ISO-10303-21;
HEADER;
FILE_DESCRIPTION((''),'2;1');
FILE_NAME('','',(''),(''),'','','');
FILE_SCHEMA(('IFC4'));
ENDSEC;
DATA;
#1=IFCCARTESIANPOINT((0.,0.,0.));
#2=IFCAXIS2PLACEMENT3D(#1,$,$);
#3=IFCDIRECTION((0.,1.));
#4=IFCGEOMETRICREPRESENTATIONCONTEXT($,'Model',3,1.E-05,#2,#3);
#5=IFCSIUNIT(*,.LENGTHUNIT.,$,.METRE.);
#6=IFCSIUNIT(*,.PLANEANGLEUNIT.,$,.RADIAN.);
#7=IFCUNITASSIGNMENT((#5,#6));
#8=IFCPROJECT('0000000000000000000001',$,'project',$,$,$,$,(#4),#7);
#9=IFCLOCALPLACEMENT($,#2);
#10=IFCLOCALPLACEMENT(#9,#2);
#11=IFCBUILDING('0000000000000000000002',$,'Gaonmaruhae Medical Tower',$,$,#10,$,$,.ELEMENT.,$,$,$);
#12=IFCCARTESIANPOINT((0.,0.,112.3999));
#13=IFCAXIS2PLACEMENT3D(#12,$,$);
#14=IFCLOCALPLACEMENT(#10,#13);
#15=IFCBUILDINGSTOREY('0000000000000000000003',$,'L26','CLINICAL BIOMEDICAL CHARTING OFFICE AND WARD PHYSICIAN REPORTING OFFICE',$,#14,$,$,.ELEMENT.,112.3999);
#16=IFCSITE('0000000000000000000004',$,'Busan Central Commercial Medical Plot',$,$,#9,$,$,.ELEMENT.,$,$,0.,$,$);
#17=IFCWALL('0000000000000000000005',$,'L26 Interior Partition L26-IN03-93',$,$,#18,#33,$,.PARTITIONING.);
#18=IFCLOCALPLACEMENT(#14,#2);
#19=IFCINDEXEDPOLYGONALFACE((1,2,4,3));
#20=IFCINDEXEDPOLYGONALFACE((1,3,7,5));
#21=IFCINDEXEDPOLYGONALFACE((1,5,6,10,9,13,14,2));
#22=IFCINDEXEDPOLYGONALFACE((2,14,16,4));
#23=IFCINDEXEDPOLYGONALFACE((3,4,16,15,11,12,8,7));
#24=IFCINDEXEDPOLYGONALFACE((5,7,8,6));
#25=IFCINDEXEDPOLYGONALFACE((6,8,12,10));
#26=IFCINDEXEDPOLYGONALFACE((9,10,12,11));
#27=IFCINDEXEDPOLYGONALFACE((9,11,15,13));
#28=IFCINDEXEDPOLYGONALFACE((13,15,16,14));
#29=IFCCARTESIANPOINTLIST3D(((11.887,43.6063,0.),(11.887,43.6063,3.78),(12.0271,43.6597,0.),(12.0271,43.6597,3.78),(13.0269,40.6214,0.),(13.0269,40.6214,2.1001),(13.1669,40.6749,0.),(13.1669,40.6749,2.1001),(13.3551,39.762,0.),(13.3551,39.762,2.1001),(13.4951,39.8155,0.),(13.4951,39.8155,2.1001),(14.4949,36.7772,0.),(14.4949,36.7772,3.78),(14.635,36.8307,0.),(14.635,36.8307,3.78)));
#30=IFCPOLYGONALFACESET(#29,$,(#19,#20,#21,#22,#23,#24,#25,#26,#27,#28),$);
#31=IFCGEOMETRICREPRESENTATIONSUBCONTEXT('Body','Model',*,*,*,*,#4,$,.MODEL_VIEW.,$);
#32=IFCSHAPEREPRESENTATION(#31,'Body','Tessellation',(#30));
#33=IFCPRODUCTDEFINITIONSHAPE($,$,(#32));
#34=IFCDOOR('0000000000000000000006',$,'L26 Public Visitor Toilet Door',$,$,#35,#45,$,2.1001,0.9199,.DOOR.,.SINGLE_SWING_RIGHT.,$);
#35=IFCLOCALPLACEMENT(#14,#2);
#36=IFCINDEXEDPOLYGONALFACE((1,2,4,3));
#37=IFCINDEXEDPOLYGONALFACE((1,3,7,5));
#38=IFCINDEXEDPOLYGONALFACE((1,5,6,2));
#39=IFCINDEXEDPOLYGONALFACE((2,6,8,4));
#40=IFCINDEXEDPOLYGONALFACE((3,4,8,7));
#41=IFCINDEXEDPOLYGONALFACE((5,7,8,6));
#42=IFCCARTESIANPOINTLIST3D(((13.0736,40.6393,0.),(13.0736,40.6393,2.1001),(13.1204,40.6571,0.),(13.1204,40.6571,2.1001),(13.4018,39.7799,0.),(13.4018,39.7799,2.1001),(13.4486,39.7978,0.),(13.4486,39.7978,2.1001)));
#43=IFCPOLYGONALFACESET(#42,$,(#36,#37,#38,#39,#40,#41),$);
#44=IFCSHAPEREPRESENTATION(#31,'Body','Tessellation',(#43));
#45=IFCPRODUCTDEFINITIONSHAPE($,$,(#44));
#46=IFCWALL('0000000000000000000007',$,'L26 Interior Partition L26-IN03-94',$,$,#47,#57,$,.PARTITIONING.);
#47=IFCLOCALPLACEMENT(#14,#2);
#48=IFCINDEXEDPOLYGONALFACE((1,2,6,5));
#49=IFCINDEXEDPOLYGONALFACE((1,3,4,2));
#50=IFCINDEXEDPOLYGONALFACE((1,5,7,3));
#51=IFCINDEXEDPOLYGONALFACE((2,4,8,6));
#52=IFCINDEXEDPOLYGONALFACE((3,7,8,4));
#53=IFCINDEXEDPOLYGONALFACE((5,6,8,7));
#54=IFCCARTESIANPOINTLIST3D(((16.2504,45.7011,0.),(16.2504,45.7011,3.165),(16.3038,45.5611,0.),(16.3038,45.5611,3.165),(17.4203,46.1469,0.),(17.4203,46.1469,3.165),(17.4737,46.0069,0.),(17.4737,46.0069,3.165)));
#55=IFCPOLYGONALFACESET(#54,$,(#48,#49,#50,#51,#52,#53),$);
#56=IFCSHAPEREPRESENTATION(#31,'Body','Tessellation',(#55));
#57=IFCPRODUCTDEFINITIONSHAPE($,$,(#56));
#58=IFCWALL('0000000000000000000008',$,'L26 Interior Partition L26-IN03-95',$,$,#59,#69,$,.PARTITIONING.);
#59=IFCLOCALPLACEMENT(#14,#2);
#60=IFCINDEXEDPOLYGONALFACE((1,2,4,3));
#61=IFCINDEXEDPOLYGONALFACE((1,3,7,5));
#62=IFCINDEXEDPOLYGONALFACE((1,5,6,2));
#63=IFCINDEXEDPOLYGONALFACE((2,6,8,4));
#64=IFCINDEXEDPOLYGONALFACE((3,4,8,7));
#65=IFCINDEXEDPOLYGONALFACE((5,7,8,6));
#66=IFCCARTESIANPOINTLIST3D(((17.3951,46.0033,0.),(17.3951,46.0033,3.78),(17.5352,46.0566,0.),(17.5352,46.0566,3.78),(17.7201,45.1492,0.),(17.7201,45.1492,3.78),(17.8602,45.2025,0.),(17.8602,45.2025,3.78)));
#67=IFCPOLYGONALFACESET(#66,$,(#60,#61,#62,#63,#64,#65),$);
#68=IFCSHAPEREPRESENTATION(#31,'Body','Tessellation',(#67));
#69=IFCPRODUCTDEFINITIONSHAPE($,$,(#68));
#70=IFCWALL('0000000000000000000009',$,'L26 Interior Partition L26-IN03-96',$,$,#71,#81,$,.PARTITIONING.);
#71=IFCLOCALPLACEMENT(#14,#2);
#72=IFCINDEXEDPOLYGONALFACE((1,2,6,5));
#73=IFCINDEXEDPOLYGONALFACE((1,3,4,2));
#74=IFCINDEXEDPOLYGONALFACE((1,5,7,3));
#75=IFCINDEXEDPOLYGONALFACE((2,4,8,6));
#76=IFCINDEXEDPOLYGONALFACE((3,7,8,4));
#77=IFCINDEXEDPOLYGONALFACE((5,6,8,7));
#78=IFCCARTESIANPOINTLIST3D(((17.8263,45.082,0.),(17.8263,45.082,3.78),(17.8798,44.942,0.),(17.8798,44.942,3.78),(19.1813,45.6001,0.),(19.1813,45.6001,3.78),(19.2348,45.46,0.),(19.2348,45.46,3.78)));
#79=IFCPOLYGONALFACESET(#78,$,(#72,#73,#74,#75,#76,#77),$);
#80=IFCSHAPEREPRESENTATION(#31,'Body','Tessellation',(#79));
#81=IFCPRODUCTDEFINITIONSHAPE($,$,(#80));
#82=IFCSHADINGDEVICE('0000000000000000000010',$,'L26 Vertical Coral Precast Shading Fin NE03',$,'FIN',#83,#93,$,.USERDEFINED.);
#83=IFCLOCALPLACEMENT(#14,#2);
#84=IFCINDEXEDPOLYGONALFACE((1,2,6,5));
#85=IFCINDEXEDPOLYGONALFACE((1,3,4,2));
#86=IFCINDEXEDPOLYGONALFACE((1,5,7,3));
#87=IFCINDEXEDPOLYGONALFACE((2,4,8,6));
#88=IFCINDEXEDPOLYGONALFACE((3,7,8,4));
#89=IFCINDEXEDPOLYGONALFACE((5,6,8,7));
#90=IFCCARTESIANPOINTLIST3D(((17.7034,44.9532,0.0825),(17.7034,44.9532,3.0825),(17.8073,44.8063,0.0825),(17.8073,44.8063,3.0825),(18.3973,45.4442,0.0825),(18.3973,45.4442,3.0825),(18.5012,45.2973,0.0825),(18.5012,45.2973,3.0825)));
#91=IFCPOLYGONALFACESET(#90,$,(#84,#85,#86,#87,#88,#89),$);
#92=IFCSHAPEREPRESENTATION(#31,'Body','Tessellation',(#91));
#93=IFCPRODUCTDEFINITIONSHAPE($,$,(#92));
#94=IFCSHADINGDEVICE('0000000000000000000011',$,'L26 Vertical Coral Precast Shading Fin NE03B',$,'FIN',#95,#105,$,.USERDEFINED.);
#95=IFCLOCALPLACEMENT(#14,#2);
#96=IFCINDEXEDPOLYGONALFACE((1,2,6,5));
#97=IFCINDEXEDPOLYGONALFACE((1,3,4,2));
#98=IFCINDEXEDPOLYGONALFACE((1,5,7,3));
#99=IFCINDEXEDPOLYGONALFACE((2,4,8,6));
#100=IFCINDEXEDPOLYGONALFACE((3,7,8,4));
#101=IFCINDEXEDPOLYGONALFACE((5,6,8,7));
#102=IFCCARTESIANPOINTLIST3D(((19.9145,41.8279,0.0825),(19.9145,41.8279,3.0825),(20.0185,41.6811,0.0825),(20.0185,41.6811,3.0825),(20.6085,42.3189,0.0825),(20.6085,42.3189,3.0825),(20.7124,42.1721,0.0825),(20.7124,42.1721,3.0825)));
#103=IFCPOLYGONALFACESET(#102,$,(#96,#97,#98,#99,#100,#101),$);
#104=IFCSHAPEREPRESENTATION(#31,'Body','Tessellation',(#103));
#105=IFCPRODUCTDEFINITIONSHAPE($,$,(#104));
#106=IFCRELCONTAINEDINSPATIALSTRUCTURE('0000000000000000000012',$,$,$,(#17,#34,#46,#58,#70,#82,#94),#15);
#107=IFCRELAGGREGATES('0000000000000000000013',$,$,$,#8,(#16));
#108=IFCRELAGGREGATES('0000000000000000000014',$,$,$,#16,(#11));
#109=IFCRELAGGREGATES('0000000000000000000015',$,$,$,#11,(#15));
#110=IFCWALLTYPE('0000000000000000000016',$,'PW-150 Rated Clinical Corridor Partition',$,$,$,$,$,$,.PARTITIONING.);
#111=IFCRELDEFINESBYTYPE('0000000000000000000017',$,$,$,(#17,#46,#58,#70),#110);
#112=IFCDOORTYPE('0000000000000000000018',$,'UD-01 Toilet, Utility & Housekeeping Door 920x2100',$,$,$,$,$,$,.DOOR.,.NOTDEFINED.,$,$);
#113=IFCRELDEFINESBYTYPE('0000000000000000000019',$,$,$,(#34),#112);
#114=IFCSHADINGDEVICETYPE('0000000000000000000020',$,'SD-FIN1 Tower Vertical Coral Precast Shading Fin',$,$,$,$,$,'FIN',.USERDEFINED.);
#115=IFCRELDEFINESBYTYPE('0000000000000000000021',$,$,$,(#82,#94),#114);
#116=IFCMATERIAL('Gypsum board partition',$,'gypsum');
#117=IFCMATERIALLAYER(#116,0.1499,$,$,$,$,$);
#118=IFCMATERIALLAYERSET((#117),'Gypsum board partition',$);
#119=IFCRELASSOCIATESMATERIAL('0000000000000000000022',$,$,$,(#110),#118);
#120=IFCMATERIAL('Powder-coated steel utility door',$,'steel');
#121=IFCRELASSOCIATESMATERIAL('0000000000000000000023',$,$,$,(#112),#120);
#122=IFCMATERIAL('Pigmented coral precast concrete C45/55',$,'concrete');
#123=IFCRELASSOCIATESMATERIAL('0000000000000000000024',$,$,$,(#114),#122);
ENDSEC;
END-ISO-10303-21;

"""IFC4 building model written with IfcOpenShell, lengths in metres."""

from ifc_helpers import new_model, si_unit, direction, frame, frame_2d, origin, origin_2d, place, context, subcontext, project, spatial, rectangle, extrude, material, layer, layer_set, type_object, element, fill, save


model = new_model("IFC4")

# Units and contexts
model_context = context("Model", 3, precision=1e-05, world=origin(), true_north=direction((0.0, 1.0)))
body_context = subcontext(model_context, "Body", "Model", "MODEL_VIEW")
ifc_project = project(units=[si_unit("LENGTHUNIT", "METRE"), si_unit("PLANEANGLEUNIT", "RADIAN")], contexts=[model_context])

# Site, building, storey
site_placement = place(None, origin())
site = spatial("IfcSite", under=ifc_project, at=site_placement, Name="Busan Central Commercial Medical Plot", CompositionType="ELEMENT", RefElevation=0.0)
building_placement = place(site_placement, origin())
building = spatial("IfcBuilding", under=site, at=building_placement, Name="Gaonmaruhae Medical Tower", CompositionType="ELEMENT")
storey_placement = place(building_placement, frame((0.0, 0.0, 112.3999)))
storey = spatial("IfcBuildingStorey", under=building, at=storey_placement, Name="L26", Description="CLINICAL BIOMEDICAL CHARTING OFFICE AND WARD PHYSICIAN REPORTING OFFICE", CompositionType="ELEMENT", Elevation=112.3999)

# Shared definitions
ifc_material_1 = material(Name="Gypsum board partition", Category="gypsum")
ifc_layer_1 = layer(ifc_material_1, 0.1499)
ifc_layer_set_1 = layer_set([ifc_layer_1], Name="Gypsum board partition")
wall_type_1 = type_object("IfcWallType", Name="PW-150 Rated Clinical Corridor Partition", PredefinedType="PARTITIONING", material=ifc_layer_set_1)

# Wall, opening, door
wall_1_placement = place(storey_placement, frame((14.5649, 36.804, 0.0), z_axis=(0.0, 0.0, 1.0), x_axis=(-0.356754, 0.934199, 0.0)))
wall_1 = element("IfcWall", 1, at=wall_1_placement, inside=storey, type_object=wall_type_1, Name="L26 Interior Partition L26-IN03-93", PredefinedType="PARTITIONING", context=body_context, shape_type="SweptSolid", body=[
    extrude(rectangle(XDim=7.3101, YDim=0.1499, at=frame_2d((3.655, 0.0))), origin(), (0.0, 0.0, 1.0), 3.78),
])
opening_1_placement = place(wall_1_placement, frame((3.1951, 0.0, 0.0)))
opening_1 = element("IfcOpeningElement", 2, at=opening_1_placement, cuts=wall_1, PredefinedType="OPENING", context=body_context, shape_type="SweptSolid", body=[
    extrude(rectangle(XDim=0.9199, YDim=2.1001, at=frame_2d((0.46, 1.05))), frame((0.0, 0.085, 0.0), z_axis=(0.0, -1.0, 0.0), x_axis=(1.0, 0.0, 0.0)), (0.0, 0.0, 1.0), 0.1699),
])
ifc_material_2 = material(Name="Powder-coated steel utility door", Category="steel")
door_type_1 = type_object("IfcDoorType", Name="UD-01 Toilet, Utility & Housekeeping Door 920x2100", OperationType="NOTDEFINED", PredefinedType="DOOR", material=ifc_material_2)
door_1_placement = place(opening_1_placement, origin())
door_1 = element("IfcDoor", 3, at=door_1_placement, inside=storey, type_object=door_type_1, Name="L26 Public Visitor Toilet Door", OperationType="SINGLE_SWING_RIGHT", OverallHeight=2.1001, OverallWidth=0.9199, PredefinedType="DOOR", context=body_context, shape_type="SweptSolid", body=[
    extrude(rectangle(XDim=0.9199, YDim=2.1001, at=frame_2d((0.46, 1.05))), frame((0.0, 0.0249, 0.0), z_axis=(0.0, -1.0, 0.0), x_axis=(1.0, 0.0, 0.0)), (0.0, 0.0, 1.0), 0.05),
])
fill(opening_1, door_1)

# Walls
wall_2_placement = place(storey_placement, frame((16.2771, 45.6311, 0.0), z_axis=(0.0, 0.0, 1.0), x_axis=(0.934457, 0.356076, 0.0)))
element("IfcWall", 4, at=wall_2_placement, inside=storey, type_object=wall_type_1, Name="L26 Interior Partition L26-IN03-94", PredefinedType="PARTITIONING", context=body_context, shape_type="SweptSolid", body=[
    extrude(rectangle(XDim=1.252, YDim=0.1499, at=frame_2d((0.626, 0.0))), origin(), (0.0, 0.0, 1.0), 3.165),
])
wall_3_placement = place(storey_placement, frame((17.4651, 46.03, 0.0), z_axis=(0.0, 0.0, 1.0), x_axis=(0.355629, -0.934627, 0.0)))
element("IfcWall", 5, at=wall_3_placement, inside=storey, type_object=wall_type_1, Name="L26 Interior Partition L26-IN03-95", PredefinedType="PARTITIONING", context=body_context, shape_type="SweptSolid", body=[
    extrude(rectangle(XDim=0.9138, YDim=0.1499, at=frame_2d((0.457, 0.0))), origin(), (0.0, 0.0, 1.0), 3.78),
])
wall_4_placement = place(storey_placement, frame((17.853, 45.012, 0.0), z_axis=(0.0, 0.0, 1.0), x_axis=(0.934055, 0.357129, 0.0)))
element("IfcWall", 6, at=wall_4_placement, inside=storey, type_object=wall_type_1, Name="L26 Interior Partition L26-IN03-96", PredefinedType="PARTITIONING", context=body_context, shape_type="SweptSolid", body=[
    extrude(rectangle(XDim=1.4507, YDim=0.1499, at=frame_2d((0.7253, 0.0))), origin(), (0.0, 0.0, 1.0), 3.78),
])

# Shading devices
ifc_material_3 = material(Name="Pigmented coral precast concrete C45/55", Category="concrete")
shading_device_type = type_object("IfcShadingDeviceType", Name="SD-FIN1 Tower Vertical Coral Precast Shading Fin", ElementType="FIN", PredefinedType="USERDEFINED", material=ifc_material_3)
for number, where, z_axis, x_axis, name in (
    (7, (18.1023, 45.1252, 0.0825), (0.0, 0.0, 1.0), (0.577601, -0.816319, 0.0), "L26 Vertical Coral Precast Shading Fin NE03"),
    (8, (20.3135, 42.0, 0.0825), (0.0, 0.0, 1.0), (0.577601, -0.816319, 0.0), "L26 Vertical Coral Precast Shading Fin NE03B"),
):
    element("IfcShadingDevice", number, at=place(storey_placement, frame(where, z_axis=z_axis, x_axis=x_axis)), inside=storey, type_object=shading_device_type, Name=name, ObjectType="FIN", PredefinedType="USERDEFINED", context=body_context, shape_type="SweptSolid", body=[
        extrude(rectangle(XDim=0.1799, YDim=0.8501, at=origin_2d()), origin(), (0.0, 0.0, 1.0), 3.0),
    ])

save(model, "model.ifc")
